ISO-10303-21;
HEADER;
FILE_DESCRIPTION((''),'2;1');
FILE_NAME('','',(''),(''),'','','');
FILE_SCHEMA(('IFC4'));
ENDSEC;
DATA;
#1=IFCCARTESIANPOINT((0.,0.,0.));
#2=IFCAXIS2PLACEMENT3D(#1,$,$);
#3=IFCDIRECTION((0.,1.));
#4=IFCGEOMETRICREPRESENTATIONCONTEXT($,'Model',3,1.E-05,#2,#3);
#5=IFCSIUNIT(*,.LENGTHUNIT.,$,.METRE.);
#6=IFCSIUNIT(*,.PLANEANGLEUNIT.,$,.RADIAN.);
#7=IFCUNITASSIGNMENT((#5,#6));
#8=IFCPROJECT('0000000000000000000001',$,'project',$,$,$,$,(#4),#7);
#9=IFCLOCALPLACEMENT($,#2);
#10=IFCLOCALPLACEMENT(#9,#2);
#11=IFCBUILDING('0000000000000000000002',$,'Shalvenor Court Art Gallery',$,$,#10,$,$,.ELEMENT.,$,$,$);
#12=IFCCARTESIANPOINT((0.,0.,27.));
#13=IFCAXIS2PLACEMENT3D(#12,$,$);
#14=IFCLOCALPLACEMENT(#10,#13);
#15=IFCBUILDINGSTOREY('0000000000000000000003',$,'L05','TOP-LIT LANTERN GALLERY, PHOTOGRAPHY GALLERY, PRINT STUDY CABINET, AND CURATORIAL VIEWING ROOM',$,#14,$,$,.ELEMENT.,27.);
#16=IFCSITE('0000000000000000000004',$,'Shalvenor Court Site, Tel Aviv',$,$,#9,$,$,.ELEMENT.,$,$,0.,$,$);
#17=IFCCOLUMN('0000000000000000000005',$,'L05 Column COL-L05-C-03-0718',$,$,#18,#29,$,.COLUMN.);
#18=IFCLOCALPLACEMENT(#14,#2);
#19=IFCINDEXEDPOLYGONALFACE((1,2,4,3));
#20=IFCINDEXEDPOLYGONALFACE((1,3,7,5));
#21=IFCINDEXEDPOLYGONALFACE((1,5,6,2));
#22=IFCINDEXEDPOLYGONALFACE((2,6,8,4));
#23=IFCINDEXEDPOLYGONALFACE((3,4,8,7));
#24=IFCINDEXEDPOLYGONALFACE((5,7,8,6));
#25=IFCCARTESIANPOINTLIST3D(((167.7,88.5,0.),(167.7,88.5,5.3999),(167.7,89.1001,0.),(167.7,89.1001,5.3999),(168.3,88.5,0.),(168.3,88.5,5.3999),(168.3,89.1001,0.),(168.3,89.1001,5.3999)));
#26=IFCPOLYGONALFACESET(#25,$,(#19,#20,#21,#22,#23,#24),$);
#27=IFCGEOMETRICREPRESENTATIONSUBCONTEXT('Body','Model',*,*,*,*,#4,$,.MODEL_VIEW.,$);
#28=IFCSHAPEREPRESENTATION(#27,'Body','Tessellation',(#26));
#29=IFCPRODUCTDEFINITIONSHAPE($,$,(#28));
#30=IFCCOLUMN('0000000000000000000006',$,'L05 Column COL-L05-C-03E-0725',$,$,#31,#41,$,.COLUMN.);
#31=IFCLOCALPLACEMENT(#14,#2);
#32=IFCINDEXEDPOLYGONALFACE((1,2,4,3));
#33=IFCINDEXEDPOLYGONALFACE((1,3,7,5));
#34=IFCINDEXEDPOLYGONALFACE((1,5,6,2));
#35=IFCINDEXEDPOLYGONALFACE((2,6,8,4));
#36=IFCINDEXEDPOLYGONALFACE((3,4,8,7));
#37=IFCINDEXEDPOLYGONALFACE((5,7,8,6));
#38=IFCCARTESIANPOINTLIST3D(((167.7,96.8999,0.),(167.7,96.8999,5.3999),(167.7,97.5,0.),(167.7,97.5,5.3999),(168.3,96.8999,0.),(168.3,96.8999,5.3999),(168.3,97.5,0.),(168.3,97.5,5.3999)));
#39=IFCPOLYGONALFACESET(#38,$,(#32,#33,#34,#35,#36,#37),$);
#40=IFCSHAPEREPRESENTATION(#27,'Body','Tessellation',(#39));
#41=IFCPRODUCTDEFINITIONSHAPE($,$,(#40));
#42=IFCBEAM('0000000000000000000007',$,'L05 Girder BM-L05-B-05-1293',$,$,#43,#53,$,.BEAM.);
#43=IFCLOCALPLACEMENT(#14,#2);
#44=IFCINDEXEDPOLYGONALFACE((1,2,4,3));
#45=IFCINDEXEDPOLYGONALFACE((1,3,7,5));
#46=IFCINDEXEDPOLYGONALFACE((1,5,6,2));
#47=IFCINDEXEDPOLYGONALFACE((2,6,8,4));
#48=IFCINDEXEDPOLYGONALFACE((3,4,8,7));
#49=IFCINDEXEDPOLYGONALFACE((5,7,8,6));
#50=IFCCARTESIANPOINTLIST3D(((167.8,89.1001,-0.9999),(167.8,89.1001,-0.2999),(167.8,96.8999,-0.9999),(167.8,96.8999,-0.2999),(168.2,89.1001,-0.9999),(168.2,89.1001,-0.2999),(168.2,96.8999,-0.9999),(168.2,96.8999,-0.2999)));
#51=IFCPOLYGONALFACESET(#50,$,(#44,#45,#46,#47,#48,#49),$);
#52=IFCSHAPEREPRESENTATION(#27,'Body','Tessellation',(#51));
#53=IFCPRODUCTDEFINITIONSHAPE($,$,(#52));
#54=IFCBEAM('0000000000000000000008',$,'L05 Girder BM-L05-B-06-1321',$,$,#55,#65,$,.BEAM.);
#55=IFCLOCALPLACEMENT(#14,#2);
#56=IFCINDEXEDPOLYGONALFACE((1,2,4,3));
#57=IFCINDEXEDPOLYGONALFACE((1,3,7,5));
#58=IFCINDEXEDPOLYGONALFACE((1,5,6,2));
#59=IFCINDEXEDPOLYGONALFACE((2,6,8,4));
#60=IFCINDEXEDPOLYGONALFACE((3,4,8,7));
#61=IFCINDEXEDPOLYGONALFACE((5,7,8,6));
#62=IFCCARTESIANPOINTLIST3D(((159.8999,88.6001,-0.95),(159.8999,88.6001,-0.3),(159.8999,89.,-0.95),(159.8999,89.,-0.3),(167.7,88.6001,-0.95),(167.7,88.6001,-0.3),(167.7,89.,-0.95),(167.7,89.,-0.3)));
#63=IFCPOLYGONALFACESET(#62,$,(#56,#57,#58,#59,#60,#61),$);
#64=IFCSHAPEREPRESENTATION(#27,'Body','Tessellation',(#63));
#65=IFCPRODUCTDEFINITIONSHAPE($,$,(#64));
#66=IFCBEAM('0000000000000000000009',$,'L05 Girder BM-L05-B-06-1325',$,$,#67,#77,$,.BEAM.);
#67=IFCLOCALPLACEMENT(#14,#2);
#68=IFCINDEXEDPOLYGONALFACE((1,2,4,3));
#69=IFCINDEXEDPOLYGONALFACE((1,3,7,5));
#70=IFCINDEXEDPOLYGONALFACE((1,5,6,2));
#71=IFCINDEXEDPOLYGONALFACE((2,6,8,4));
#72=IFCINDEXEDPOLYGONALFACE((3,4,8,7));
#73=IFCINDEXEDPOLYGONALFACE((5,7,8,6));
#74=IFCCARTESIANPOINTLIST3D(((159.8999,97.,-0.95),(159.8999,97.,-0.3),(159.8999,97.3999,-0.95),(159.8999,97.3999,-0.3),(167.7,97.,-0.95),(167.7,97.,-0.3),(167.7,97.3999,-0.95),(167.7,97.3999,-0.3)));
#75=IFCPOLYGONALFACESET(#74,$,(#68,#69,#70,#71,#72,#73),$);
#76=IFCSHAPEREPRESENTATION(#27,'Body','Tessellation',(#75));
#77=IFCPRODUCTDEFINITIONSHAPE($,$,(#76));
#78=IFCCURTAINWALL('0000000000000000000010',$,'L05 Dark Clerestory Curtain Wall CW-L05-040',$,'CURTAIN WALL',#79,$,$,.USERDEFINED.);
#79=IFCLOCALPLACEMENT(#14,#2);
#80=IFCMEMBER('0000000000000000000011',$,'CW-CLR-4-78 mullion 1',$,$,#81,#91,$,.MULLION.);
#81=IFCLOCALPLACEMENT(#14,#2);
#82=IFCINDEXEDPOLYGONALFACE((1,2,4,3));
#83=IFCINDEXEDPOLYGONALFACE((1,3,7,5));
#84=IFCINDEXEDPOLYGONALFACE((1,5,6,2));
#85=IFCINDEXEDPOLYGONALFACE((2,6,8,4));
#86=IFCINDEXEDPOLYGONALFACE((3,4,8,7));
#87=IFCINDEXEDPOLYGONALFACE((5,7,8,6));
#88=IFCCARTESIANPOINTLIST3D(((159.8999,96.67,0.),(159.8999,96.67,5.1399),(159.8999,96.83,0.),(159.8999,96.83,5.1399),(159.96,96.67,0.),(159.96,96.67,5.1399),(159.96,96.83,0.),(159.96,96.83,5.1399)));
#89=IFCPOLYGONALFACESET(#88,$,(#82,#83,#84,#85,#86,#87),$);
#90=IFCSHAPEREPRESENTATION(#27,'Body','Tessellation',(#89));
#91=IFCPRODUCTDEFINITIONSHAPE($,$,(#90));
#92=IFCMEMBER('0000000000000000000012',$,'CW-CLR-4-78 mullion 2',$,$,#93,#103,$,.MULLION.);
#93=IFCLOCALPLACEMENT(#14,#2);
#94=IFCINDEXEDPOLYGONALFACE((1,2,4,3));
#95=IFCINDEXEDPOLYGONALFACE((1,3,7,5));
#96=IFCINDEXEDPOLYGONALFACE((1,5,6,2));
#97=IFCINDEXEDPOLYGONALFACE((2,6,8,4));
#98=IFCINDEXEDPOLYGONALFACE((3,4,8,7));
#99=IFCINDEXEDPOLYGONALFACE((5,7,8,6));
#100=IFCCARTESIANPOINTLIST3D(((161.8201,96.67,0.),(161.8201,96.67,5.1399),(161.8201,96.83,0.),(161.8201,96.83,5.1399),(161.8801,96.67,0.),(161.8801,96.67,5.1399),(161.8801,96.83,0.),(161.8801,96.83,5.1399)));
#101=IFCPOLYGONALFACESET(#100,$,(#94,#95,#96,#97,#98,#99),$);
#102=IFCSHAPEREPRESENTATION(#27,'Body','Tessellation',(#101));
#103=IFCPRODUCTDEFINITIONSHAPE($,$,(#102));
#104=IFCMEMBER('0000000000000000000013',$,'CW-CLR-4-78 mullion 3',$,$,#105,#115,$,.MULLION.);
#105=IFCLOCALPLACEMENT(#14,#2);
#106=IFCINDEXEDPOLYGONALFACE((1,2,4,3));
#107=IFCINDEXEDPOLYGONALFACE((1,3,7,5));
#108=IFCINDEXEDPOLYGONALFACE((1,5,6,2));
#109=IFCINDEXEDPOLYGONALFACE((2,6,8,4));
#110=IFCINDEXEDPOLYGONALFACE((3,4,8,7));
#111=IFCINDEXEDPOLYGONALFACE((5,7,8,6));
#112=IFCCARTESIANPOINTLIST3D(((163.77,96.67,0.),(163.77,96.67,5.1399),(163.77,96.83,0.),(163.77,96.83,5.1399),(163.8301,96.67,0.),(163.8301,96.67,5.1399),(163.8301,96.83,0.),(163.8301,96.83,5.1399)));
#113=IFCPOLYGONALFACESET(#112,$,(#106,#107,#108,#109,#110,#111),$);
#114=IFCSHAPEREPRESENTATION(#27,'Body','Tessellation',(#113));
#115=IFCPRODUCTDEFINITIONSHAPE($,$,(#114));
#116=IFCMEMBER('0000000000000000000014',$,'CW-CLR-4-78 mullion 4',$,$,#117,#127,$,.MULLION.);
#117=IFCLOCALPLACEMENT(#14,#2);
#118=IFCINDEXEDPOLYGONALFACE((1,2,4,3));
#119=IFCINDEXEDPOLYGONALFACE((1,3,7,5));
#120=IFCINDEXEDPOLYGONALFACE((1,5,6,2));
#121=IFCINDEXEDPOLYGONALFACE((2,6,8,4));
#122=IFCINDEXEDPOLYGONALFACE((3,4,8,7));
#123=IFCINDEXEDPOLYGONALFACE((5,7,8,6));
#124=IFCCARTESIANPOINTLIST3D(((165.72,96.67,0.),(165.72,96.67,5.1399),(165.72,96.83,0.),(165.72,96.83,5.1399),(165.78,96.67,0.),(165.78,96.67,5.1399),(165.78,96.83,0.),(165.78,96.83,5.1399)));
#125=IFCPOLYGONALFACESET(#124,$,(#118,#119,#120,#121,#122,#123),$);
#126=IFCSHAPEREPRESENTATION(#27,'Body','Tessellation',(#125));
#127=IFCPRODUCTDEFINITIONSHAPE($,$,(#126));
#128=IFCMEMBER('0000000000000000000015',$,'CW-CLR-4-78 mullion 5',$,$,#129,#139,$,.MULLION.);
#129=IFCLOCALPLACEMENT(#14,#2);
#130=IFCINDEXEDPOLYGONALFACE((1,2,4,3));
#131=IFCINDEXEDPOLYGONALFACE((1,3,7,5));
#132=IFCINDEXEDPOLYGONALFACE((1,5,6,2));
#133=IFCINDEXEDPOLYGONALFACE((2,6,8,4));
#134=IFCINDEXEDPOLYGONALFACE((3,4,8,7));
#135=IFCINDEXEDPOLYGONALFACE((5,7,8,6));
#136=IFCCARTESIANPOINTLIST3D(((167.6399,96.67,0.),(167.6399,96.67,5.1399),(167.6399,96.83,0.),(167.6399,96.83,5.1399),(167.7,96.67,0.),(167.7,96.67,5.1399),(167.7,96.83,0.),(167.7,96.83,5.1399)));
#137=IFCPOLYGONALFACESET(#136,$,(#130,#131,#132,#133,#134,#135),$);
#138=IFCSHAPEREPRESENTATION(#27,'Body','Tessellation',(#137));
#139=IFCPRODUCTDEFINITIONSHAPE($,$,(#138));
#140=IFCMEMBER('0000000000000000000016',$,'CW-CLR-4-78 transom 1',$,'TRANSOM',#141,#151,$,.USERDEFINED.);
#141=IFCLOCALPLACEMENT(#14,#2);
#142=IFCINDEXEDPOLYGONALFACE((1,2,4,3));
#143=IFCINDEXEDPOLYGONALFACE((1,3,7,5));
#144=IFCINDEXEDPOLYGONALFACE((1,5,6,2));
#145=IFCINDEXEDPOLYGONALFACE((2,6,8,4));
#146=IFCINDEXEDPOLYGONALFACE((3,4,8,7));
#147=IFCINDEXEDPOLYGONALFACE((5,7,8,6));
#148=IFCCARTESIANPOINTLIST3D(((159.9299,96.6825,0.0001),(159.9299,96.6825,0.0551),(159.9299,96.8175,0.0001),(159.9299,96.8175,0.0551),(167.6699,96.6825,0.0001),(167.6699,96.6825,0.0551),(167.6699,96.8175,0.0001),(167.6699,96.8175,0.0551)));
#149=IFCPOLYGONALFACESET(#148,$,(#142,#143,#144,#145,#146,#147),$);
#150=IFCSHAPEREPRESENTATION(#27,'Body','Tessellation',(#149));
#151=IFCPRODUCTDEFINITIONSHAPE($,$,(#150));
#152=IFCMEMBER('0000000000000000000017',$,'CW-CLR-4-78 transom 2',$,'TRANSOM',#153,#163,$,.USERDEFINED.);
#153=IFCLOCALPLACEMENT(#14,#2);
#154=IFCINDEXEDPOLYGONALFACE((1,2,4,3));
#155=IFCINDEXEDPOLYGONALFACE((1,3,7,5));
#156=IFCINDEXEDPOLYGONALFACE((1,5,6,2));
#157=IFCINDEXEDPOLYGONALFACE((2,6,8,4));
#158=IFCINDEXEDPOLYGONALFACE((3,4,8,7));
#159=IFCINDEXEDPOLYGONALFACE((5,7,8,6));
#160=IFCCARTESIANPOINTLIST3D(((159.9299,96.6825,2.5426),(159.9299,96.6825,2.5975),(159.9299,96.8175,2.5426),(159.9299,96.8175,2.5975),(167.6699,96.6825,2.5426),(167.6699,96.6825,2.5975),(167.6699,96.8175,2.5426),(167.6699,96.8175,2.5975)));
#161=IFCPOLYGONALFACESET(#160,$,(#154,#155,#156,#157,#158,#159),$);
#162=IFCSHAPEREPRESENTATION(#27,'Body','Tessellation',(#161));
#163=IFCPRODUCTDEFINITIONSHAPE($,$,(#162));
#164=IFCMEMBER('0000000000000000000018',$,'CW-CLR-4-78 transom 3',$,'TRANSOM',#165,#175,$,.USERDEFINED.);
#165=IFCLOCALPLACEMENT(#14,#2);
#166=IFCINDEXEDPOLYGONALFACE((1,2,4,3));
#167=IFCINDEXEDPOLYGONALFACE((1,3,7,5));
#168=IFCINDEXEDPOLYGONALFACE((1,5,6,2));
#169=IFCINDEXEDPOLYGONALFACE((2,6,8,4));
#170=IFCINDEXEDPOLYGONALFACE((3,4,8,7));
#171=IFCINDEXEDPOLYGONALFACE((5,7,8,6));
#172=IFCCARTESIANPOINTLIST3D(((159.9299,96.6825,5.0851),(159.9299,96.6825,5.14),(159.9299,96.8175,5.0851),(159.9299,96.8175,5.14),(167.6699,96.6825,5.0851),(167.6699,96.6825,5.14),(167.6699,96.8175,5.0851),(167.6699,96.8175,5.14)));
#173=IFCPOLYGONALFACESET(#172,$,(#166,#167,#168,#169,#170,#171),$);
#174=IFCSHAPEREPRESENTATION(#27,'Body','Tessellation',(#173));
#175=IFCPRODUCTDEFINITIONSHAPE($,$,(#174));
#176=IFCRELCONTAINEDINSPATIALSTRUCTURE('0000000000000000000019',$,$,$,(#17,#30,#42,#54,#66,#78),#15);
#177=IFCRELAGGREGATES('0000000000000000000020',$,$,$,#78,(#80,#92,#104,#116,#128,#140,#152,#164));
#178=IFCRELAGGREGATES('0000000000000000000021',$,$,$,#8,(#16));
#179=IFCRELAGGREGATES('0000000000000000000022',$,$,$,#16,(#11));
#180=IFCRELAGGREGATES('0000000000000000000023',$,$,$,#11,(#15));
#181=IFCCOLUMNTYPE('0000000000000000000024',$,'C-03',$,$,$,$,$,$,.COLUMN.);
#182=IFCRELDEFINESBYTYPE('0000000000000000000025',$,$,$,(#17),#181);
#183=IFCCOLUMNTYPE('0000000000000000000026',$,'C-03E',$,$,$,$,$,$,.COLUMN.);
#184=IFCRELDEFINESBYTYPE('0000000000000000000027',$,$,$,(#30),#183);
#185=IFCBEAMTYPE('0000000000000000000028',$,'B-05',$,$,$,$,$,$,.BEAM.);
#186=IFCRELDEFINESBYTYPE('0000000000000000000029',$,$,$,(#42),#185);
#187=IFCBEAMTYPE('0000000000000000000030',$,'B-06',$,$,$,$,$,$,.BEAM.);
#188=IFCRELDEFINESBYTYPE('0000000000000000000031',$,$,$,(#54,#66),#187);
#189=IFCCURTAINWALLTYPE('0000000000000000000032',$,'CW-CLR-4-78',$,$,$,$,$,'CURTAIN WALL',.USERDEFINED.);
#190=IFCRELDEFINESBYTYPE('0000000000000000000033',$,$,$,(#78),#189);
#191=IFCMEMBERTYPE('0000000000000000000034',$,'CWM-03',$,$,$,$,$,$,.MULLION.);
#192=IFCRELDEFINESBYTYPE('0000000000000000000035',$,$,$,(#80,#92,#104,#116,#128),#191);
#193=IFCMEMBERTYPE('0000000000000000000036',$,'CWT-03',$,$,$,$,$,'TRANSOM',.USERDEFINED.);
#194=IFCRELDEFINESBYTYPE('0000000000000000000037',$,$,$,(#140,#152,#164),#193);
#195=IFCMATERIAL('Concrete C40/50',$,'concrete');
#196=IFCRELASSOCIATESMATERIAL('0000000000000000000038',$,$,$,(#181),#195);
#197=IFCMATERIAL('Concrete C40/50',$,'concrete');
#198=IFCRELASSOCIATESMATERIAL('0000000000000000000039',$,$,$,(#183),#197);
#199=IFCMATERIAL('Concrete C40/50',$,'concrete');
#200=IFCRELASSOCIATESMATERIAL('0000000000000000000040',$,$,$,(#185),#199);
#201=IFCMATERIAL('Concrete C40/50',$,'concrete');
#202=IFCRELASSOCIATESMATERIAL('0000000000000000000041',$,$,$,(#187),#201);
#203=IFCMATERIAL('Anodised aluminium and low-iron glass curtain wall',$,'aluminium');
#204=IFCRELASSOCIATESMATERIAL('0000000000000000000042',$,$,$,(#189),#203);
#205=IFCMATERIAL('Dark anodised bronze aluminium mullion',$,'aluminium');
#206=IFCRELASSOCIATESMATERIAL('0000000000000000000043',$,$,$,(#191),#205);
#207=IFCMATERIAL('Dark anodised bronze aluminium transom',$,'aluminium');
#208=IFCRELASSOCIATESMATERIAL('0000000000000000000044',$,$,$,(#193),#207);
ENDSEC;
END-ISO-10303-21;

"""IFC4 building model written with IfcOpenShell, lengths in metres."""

from ifc_helpers import new_model, si_unit, direction, frame, origin, origin_2d, place, context, subcontext, project, spatial, rectangle, extrude, material, material_profile, profile_set, type_object, element, aggregate, save


model = new_model("IFC4")

# Units and contexts
model_context = context("Model", 3, precision=1e-05, world=origin(), true_north=direction((0.0, 1.0)))
body_context = subcontext(model_context, "Body", "Model", "MODEL_VIEW")
ifc_project = project(units=[si_unit("LENGTHUNIT", "METRE"), si_unit("PLANEANGLEUNIT", "RADIAN")], contexts=[model_context])

# Site, building, storey
site_placement = place(None, origin())
site = spatial("IfcSite", under=ifc_project, at=site_placement, Name="Shalvenor Court Site, Tel Aviv", CompositionType="ELEMENT", RefElevation=0.0)
building_placement = place(site_placement, origin())
building = spatial("IfcBuilding", under=site, at=building_placement, Name="Shalvenor Court Art Gallery", CompositionType="ELEMENT")
storey_placement = place(building_placement, frame((0.0, 0.0, 27.0)))
storey = spatial("IfcBuildingStorey", under=building, at=storey_placement, Name="L05", Description="TOP-LIT LANTERN GALLERY, PHOTOGRAPHY GALLERY, PRINT STUDY CABINET, AND CURATORIAL VIEWING ROOM", CompositionType="ELEMENT", Elevation=27.0)

# Columns
ifc_material_1 = material(Name="Concrete C40/50", Category="concrete")
ifc_material_profile_1 = material_profile(ifc_material_1, rectangle(XDim=0.6001, YDim=0.6001, at=origin_2d()), Name="RC 600x600")
ifc_profile_set_1 = profile_set([ifc_material_profile_1], Name="Concrete C40/50")
column_type_1 = type_object("IfcColumnType", Name="C-03", PredefinedType="COLUMN", material=ifc_profile_set_1)
column_1_placement = place(storey_placement, frame((168.0, 88.8, 0.0), z_axis=(0.0, 0.0, 1.0), x_axis=(1.0, 0.0, 0.0)))
element("IfcColumn", 1, at=column_1_placement, inside=storey, type_object=column_type_1, Name="L05 Column COL-L05-C-03-0718", PredefinedType="COLUMN", context=body_context, shape_type="SweptSolid", body=[
    extrude(rectangle(XDim=0.6001, YDim=0.6001, at=origin_2d()), origin(), (0.0, 0.0, 1.0), 5.3999),
])
ifc_material_2 = material(Name="Concrete C40/50", Category="concrete")
ifc_material_profile_2 = material_profile(ifc_material_2, rectangle(XDim=0.6001, YDim=0.6001, at=origin_2d()), Name="RC 600x600")
ifc_profile_set_2 = profile_set([ifc_material_profile_2], Name="Concrete C40/50")
column_type_2 = type_object("IfcColumnType", Name="C-03E", PredefinedType="COLUMN", material=ifc_profile_set_2)
column_2_placement = place(storey_placement, frame((168.0, 97.2, 0.0), z_axis=(0.0, 0.0, 1.0), x_axis=(1.0, 0.0, 0.0)))
element("IfcColumn", 2, at=column_2_placement, inside=storey, type_object=column_type_2, Name="L05 Column COL-L05-C-03E-0725", PredefinedType="COLUMN", context=body_context, shape_type="SweptSolid", body=[
    extrude(rectangle(XDim=0.6001, YDim=0.6001, at=origin_2d()), origin(), (0.0, 0.0, 1.0), 5.3999),
])

# Beams
ifc_material_3 = material(Name="Concrete C40/50", Category="concrete")
ifc_material_profile_3 = material_profile(ifc_material_3, rectangle(XDim=0.3999, YDim=0.7, at=origin_2d()), Name="RC 400x700")
ifc_profile_set_3 = profile_set([ifc_material_profile_3], Name="Concrete C40/50")
beam_type_1 = type_object("IfcBeamType", Name="B-05", PredefinedType="BEAM", material=ifc_profile_set_3)
beam_placement = place(storey_placement, frame((168.0, 89.1001, -0.6499), z_axis=(0.0, 1.0, 0.0), x_axis=(-1.0, 0.0, 0.0)))
element("IfcBeam", 3, at=beam_placement, inside=storey, type_object=beam_type_1, Name="L05 Girder BM-L05-B-05-1293", PredefinedType="BEAM", context=body_context, shape_type="SweptSolid", body=[
    extrude(rectangle(XDim=0.3999, YDim=0.7, at=origin_2d()), origin(), (0.0, 0.0, 1.0), 7.7998),
])
ifc_material_4 = material(Name="Concrete C40/50", Category="concrete")
ifc_material_profile_4 = material_profile(ifc_material_4, rectangle(XDim=0.3999, YDim=0.6499, at=origin_2d()), Name="RC 400x650")
ifc_profile_set_4 = profile_set([ifc_material_profile_4], Name="Concrete C40/50")
beam_type_2 = type_object("IfcBeamType", Name="B-06", PredefinedType="BEAM", material=ifc_profile_set_4)
for number, where, z_axis, x_axis, name in (
    (4, (159.8999, 88.8, -0.625), (1.0, 0.0, 0.0), (0.0, 1.0, 0.0), "L05 Girder BM-L05-B-06-1321"),
    (5, (159.8999, 97.2, -0.625), (1.0, 0.0, 0.0), (0.0, 1.0, 0.0), "L05 Girder BM-L05-B-06-1325"),
):
    element("IfcBeam", number, at=place(storey_placement, frame(where, z_axis=z_axis, x_axis=x_axis)), inside=storey, type_object=beam_type_2, Name=name, PredefinedType="BEAM", context=body_context, shape_type="SweptSolid", body=[
        extrude(rectangle(XDim=0.3999, YDim=0.6499, at=origin_2d()), origin(), (0.0, 0.0, 1.0), 7.8),
    ])

# Curtain wall, members
ifc_material_5 = material(Name="Anodised aluminium and low-iron glass curtain wall", Category="aluminium")
curtain_wall_type = type_object("IfcCurtainWallType", Name="CW-CLR-4-78", ElementType="CURTAIN WALL", PredefinedType="USERDEFINED", material=ifc_material_5)
curtain_wall_placement = place(storey_placement, origin())
curtain_wall = element("IfcCurtainWall", 6, at=curtain_wall_placement, inside=storey, type_object=curtain_wall_type, Name="L05 Dark Clerestory Curtain Wall CW-L05-040", ObjectType="CURTAIN WALL", PredefinedType="USERDEFINED")
ifc_material_6 = material(Name="Dark anodised bronze aluminium mullion", Category="aluminium")
ifc_material_profile_5 = material_profile(ifc_material_6, rectangle(XDim=0.0601, YDim=0.1599, at=origin_2d()), Name="CWM-03")
ifc_profile_set_5 = profile_set([ifc_material_profile_5], Name="Dark anodised bronze aluminium mullion")
member_type_1 = type_object("IfcMemberType", Name="CWM-03", PredefinedType="MULLION", material=ifc_profile_set_5)
member_1_placement = place(storey_placement, frame((159.9299, 96.75, 0.0), z_axis=(0.0, 0.0, 1.0), x_axis=(1.0, 0.0, 0.0)))
member_1 = element("IfcMember", 7, at=member_1_placement, type_object=member_type_1, Name="CW-CLR-4-78 mullion 1", PredefinedType="MULLION", context=body_context, shape_type="SweptSolid", body=[
    extrude(rectangle(XDim=0.0601, YDim=0.1599, at=origin_2d()), origin(), (0.0, 0.0, 1.0), 5.1399),
])
member_2_placement = place(storey_placement, frame((161.8501, 96.75, 0.0), z_axis=(0.0, 0.0, 1.0), x_axis=(1.0, 0.0, 0.0)))
member_2 = element("IfcMember", 8, at=member_2_placement, type_object=member_type_1, Name="CW-CLR-4-78 mullion 2", PredefinedType="MULLION", context=body_context, shape_type="SweptSolid", body=[
    extrude(rectangle(XDim=0.0601, YDim=0.1599, at=origin_2d()), origin(), (0.0, 0.0, 1.0), 5.1399),
])
member_3_placement = place(storey_placement, frame((163.8, 96.75, 0.0), z_axis=(0.0, 0.0, 1.0), x_axis=(1.0, 0.0, 0.0)))
member_3 = element("IfcMember", 9, at=member_3_placement, type_object=member_type_1, Name="CW-CLR-4-78 mullion 3", PredefinedType="MULLION", context=body_context, shape_type="SweptSolid", body=[
    extrude(rectangle(XDim=0.0601, YDim=0.1599, at=origin_2d()), origin(), (0.0, 0.0, 1.0), 5.1399),
])
member_4_placement = place(storey_placement, frame((165.75, 96.75, 0.0), z_axis=(0.0, 0.0, 1.0), x_axis=(1.0, 0.0, 0.0)))
member_4 = element("IfcMember", 10, at=member_4_placement, type_object=member_type_1, Name="CW-CLR-4-78 mullion 4", PredefinedType="MULLION", context=body_context, shape_type="SweptSolid", body=[
    extrude(rectangle(XDim=0.0601, YDim=0.1599, at=origin_2d()), origin(), (0.0, 0.0, 1.0), 5.1399),
])
member_5_placement = place(storey_placement, frame((167.6699, 96.75, 0.0), z_axis=(0.0, 0.0, 1.0), x_axis=(1.0, 0.0, 0.0)))
member_5 = element("IfcMember", 11, at=member_5_placement, type_object=member_type_1, Name="CW-CLR-4-78 mullion 5", PredefinedType="MULLION", context=body_context, shape_type="SweptSolid", body=[
    extrude(rectangle(XDim=0.0601, YDim=0.1599, at=origin_2d()), origin(), (0.0, 0.0, 1.0), 5.1399),
])
ifc_material_7 = material(Name="Dark anodised bronze aluminium transom", Category="aluminium")
ifc_material_profile_6 = material_profile(ifc_material_7, rectangle(XDim=0.135, YDim=0.0549, at=origin_2d()), Name="CWT-03")
ifc_profile_set_6 = profile_set([ifc_material_profile_6], Name="Dark anodised bronze aluminium transom")
member_type_2 = type_object("IfcMemberType", Name="CWT-03", ElementType="TRANSOM", PredefinedType="USERDEFINED", material=ifc_profile_set_6)
member_6_placement = place(storey_placement, frame((159.9299, 96.75, 0.0276), z_axis=(1.0, 0.0, 0.0), x_axis=(0.0, 1.0, 0.0)))
member_6 = element("IfcMember", 12, at=member_6_placement, type_object=member_type_2, Name="CW-CLR-4-78 transom 1", ObjectType="TRANSOM", PredefinedType="USERDEFINED", context=body_context, shape_type="SweptSolid", body=[
    extrude(rectangle(XDim=0.135, YDim=0.0549, at=origin_2d()), origin(), (0.0, 0.0, 1.0), 7.74),
])
member_7_placement = place(storey_placement, frame((159.9299, 96.75, 2.5701), z_axis=(1.0, 0.0, 0.0), x_axis=(0.0, 1.0, 0.0)))
member_7 = element("IfcMember", 13, at=member_7_placement, type_object=member_type_2, Name="CW-CLR-4-78 transom 2", ObjectType="TRANSOM", PredefinedType="USERDEFINED", context=body_context, shape_type="SweptSolid", body=[
    extrude(rectangle(XDim=0.135, YDim=0.0549, at=origin_2d()), origin(), (0.0, 0.0, 1.0), 7.74),
])
member_8_placement = place(storey_placement, frame((159.9299, 96.75, 5.1125), z_axis=(1.0, 0.0, 0.0), x_axis=(0.0, 1.0, 0.0)))
member_8 = element("IfcMember", 14, at=member_8_placement, type_object=member_type_2, Name="CW-CLR-4-78 transom 3", ObjectType="TRANSOM", PredefinedType="USERDEFINED", context=body_context, shape_type="SweptSolid", body=[
    extrude(rectangle(XDim=0.135, YDim=0.0549, at=origin_2d()), origin(), (0.0, 0.0, 1.0), 7.74),
])

aggregate(curtain_wall, [member_1, member_2, member_3, member_4, member_5, member_6, member_7, member_8])

save(model, "model.ifc")
